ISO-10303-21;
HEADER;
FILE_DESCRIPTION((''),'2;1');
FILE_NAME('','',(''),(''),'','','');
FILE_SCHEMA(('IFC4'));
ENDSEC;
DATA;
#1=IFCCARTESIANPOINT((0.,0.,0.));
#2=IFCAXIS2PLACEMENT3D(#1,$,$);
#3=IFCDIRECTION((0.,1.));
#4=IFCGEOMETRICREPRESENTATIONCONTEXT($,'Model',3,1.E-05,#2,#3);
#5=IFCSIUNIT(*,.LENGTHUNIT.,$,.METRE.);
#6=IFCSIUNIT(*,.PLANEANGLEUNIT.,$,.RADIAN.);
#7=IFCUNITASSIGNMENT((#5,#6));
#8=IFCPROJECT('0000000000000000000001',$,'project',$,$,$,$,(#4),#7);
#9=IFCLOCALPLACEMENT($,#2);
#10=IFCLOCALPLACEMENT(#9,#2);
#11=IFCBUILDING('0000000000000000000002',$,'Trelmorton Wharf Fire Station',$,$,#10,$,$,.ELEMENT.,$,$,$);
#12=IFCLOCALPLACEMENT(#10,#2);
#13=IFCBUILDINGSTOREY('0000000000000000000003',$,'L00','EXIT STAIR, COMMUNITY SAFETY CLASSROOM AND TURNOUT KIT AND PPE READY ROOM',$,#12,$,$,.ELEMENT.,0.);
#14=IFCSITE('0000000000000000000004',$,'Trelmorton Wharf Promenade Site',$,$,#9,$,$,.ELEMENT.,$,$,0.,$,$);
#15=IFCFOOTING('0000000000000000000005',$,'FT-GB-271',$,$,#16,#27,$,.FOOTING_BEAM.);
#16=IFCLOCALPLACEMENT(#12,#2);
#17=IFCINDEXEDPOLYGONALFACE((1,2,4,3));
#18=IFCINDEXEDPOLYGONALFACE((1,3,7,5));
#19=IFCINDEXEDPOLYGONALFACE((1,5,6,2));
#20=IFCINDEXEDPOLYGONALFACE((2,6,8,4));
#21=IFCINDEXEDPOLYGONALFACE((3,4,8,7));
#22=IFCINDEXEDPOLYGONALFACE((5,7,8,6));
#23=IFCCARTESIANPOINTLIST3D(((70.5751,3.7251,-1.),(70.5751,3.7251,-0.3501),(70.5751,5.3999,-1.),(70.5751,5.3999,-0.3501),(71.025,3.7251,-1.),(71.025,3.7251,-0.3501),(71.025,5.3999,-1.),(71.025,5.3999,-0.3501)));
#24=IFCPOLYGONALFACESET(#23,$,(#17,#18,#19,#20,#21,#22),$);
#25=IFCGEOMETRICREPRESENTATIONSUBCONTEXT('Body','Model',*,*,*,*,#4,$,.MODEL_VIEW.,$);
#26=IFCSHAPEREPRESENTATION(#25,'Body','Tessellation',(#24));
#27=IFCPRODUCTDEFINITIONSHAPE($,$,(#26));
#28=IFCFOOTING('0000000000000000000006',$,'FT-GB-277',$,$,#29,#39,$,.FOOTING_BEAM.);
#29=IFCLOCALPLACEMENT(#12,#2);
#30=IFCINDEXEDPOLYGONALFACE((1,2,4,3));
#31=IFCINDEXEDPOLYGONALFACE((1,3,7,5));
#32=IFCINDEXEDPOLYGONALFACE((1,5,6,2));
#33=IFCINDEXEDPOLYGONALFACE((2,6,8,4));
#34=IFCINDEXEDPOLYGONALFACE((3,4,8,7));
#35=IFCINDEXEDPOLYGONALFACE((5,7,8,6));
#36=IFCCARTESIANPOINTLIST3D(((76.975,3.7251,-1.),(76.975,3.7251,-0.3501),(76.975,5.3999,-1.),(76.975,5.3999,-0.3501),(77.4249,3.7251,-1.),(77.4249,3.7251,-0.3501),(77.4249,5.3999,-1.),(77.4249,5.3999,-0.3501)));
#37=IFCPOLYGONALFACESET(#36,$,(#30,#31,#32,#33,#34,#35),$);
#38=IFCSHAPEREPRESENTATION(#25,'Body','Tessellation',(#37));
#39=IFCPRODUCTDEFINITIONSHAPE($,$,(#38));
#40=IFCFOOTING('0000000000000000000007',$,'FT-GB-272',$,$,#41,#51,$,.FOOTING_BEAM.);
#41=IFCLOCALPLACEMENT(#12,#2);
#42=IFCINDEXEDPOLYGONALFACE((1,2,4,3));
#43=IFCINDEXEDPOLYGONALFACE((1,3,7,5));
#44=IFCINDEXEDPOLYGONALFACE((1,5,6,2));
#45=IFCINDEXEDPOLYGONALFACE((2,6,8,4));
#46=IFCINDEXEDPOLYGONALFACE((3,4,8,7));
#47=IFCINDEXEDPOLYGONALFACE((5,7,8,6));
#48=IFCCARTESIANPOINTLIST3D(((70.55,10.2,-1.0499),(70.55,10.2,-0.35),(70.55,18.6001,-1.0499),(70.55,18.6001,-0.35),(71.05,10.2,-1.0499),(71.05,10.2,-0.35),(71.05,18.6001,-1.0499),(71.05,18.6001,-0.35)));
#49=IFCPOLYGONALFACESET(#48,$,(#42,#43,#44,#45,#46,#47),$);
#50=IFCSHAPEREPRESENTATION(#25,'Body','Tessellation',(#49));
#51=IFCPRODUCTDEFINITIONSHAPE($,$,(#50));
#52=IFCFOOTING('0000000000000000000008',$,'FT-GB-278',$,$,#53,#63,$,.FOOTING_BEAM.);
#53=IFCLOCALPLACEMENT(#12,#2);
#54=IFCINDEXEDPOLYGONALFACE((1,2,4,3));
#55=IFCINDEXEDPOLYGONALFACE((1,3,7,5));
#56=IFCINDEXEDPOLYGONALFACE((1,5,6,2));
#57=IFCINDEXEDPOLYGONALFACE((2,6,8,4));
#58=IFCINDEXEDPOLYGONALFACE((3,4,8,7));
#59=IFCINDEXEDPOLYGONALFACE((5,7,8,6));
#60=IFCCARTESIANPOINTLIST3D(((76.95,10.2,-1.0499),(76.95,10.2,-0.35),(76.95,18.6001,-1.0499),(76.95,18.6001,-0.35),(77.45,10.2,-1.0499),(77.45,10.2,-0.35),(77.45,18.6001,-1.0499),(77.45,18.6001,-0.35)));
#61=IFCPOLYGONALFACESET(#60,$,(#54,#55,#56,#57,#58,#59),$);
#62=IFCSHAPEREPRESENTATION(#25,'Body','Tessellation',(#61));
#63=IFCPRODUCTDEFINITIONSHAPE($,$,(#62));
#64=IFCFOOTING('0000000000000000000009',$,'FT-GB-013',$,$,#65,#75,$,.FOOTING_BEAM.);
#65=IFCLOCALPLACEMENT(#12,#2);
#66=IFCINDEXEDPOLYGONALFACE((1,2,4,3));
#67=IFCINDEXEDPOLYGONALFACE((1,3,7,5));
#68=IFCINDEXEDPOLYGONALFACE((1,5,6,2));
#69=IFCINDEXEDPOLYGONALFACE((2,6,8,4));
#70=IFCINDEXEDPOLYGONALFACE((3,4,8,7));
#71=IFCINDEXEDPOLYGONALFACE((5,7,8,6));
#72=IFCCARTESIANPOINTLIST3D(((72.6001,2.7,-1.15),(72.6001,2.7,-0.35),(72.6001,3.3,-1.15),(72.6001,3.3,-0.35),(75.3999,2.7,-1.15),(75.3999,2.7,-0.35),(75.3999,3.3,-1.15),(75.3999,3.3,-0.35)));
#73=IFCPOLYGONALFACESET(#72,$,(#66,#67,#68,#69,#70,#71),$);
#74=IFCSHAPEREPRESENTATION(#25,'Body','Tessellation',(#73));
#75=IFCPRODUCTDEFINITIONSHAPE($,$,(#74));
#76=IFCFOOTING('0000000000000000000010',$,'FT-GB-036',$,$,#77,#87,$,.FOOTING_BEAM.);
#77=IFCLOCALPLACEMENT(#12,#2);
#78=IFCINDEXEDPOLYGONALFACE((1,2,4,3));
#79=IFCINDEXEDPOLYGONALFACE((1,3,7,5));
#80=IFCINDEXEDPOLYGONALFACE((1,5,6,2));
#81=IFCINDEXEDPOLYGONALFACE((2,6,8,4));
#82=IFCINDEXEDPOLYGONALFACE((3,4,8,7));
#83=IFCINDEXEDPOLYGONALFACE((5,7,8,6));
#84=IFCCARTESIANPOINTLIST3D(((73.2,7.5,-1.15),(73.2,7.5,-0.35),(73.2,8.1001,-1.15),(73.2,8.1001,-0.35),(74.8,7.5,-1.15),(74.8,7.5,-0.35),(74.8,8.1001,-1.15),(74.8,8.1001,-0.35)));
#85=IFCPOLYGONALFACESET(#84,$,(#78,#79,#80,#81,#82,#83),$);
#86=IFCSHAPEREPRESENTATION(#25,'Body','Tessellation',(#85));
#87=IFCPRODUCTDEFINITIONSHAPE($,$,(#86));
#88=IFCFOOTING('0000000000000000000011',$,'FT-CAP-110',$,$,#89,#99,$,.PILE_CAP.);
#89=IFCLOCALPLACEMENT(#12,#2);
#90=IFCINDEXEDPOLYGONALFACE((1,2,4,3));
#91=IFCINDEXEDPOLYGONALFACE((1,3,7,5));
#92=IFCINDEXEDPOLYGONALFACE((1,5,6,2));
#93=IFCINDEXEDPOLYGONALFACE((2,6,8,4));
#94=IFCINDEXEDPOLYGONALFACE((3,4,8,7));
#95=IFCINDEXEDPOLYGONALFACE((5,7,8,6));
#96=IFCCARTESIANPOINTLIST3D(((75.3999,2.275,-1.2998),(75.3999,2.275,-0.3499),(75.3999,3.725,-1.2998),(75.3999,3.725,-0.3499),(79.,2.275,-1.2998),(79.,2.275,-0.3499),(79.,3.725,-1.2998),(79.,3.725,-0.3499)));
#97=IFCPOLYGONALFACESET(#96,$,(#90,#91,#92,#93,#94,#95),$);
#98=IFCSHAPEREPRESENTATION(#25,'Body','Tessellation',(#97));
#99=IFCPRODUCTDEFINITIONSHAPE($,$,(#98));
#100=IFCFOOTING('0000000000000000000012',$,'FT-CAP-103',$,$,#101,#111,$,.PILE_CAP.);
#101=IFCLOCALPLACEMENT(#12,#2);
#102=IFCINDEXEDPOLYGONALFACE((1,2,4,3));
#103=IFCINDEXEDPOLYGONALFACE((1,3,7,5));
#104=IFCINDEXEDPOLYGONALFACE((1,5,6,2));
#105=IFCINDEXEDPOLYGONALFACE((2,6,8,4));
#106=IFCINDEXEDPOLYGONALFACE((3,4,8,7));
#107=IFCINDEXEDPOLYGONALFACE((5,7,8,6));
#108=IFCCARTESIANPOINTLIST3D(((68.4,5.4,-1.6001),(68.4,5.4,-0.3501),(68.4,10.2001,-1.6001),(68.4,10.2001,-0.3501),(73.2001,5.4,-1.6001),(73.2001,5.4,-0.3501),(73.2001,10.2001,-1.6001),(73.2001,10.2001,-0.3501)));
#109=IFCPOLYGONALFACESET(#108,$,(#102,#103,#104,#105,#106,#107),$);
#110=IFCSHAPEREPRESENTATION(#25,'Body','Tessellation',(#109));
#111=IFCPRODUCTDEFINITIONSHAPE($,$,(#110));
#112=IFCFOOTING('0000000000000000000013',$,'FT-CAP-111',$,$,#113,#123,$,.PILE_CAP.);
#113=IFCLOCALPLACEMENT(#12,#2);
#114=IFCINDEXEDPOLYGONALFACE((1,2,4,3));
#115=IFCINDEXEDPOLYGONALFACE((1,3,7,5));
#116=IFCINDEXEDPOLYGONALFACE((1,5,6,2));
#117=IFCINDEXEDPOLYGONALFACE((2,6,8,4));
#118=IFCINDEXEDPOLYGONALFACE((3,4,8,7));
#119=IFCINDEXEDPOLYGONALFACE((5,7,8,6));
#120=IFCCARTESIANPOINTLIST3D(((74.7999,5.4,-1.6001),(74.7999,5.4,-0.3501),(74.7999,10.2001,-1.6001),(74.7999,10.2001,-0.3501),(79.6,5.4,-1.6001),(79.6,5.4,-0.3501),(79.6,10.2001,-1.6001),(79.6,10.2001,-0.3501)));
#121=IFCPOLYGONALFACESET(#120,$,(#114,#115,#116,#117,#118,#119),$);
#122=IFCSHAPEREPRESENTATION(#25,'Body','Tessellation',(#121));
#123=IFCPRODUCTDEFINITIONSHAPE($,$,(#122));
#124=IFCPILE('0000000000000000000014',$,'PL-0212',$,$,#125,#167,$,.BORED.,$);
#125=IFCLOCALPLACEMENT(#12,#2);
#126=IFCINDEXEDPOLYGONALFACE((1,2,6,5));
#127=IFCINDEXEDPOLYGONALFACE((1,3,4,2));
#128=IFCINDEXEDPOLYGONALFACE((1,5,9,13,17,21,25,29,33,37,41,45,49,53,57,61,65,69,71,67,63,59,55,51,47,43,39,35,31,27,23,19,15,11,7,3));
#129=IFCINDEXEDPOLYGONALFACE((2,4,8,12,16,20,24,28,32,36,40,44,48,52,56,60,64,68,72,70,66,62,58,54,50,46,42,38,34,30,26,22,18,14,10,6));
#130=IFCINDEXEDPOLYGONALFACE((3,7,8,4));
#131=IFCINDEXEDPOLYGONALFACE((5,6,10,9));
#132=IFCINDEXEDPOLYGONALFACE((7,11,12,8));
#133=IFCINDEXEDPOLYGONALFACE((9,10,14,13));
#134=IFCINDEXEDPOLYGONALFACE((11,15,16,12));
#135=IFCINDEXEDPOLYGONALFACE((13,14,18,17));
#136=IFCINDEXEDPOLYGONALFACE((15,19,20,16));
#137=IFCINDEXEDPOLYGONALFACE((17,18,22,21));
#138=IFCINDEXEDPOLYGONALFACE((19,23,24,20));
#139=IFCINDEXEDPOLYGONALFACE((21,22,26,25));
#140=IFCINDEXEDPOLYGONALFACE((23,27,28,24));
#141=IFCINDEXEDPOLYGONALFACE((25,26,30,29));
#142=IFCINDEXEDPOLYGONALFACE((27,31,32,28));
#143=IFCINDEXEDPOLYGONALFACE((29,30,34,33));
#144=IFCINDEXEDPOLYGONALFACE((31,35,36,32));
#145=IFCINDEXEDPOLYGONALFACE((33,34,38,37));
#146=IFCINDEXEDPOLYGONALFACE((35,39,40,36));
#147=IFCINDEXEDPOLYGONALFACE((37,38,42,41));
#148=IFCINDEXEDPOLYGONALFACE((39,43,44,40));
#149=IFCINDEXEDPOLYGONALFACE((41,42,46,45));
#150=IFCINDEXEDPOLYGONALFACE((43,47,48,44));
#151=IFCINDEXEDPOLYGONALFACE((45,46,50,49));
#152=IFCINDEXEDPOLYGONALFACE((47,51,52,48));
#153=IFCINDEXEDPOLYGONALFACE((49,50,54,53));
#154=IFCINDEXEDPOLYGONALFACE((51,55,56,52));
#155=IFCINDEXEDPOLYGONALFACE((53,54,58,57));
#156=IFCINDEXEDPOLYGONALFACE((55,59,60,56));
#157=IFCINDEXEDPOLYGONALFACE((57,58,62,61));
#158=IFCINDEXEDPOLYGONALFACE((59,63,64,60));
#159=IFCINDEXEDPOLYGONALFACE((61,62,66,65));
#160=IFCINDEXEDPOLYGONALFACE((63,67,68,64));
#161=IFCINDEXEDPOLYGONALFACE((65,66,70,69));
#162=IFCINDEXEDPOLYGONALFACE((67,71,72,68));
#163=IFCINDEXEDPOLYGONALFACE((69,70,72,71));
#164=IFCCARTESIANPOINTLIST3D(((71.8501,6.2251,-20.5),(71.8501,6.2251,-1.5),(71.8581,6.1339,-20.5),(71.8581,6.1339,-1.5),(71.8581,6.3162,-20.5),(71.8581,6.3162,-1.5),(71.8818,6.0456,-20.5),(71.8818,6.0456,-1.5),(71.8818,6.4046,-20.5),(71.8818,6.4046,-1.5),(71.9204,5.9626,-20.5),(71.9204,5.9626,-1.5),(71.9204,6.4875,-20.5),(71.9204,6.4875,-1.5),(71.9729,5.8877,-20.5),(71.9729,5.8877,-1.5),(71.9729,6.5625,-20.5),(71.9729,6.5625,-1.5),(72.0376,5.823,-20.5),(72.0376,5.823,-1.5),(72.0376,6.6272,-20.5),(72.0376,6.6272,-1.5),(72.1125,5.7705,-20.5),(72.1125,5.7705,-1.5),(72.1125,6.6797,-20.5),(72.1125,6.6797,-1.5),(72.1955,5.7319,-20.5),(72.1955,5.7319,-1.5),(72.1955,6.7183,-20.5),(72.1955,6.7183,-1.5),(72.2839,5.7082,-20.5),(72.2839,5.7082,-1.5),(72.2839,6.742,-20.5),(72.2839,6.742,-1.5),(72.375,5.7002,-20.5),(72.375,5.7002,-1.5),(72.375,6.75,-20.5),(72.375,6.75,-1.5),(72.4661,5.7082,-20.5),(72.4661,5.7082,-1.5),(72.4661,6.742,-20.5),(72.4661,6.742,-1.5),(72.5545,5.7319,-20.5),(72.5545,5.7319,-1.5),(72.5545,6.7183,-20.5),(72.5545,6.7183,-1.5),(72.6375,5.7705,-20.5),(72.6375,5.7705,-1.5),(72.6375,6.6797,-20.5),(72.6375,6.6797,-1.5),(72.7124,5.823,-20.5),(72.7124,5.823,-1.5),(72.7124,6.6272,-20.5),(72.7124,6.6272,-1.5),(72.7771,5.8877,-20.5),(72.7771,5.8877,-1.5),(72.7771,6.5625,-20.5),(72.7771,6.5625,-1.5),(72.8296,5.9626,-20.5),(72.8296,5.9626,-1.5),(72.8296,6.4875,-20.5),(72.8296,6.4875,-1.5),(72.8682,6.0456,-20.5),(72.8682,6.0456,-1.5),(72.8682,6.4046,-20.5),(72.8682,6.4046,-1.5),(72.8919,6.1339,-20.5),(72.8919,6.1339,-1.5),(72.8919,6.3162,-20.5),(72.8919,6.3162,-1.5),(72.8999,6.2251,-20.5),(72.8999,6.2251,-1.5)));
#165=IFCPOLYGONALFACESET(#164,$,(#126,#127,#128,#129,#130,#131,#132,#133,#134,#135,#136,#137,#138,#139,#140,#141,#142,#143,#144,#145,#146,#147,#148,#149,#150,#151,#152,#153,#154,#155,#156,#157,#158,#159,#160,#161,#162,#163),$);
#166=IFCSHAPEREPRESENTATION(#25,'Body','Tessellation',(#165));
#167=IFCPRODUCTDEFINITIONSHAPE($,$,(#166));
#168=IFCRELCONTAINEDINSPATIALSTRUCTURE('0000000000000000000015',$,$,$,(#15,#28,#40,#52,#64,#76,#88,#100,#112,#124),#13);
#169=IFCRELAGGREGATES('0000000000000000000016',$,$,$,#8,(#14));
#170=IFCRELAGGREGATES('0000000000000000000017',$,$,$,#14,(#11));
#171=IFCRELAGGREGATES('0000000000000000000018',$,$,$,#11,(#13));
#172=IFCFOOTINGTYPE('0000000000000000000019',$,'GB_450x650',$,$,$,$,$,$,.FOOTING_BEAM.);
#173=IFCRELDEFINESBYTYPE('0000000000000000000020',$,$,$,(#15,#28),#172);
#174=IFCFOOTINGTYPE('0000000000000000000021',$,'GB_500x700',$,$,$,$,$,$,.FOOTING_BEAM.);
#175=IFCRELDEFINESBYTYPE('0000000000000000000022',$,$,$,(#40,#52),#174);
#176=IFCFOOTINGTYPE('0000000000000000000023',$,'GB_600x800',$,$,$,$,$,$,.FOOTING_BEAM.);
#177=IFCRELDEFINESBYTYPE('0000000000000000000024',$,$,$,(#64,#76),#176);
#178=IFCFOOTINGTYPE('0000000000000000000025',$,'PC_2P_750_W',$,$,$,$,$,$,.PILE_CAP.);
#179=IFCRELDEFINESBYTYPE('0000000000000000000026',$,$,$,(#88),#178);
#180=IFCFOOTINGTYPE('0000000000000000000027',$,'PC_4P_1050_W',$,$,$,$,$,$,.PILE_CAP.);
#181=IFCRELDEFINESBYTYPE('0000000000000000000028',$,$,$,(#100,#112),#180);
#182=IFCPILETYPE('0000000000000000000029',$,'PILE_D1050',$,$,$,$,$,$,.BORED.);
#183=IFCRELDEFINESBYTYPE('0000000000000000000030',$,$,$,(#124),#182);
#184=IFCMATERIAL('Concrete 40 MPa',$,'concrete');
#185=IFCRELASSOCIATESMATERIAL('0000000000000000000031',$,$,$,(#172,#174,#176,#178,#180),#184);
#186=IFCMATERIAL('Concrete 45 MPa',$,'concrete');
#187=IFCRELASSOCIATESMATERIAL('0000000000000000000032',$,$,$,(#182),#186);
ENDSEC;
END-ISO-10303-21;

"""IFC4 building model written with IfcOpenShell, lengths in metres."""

from ifc_helpers import new_model, si_unit, direction, frame, origin, origin_2d, place, context, subcontext, project, spatial, rectangle, circle, extrude, material, material_profile, profile_set, type_object, element, save


model = new_model("IFC4")

# Units and contexts
model_context = context("Model", 3, precision=1e-05, world=origin(), true_north=direction((0.0, 1.0)))
body_context = subcontext(model_context, "Body", "Model", "MODEL_VIEW")
ifc_project = project(units=[si_unit("LENGTHUNIT", "METRE"), si_unit("PLANEANGLEUNIT", "RADIAN")], contexts=[model_context])

# Site, building, storey
site_placement = place(None, origin())
site = spatial("IfcSite", under=ifc_project, at=site_placement, Name="Trelmorton Wharf Promenade Site", CompositionType="ELEMENT", RefElevation=0.0)
building_placement = place(site_placement, origin())
building = spatial("IfcBuilding", under=site, at=building_placement, Name="Trelmorton Wharf Fire Station", CompositionType="ELEMENT")
storey_placement = place(building_placement, origin())
storey = spatial("IfcBuildingStorey", under=building, at=storey_placement, Name="L00", Description="EXIT STAIR, COMMUNITY SAFETY CLASSROOM AND TURNOUT KIT AND PPE READY ROOM", CompositionType="ELEMENT", Elevation=0.0)

# Footings
ifc_material_1 = material(Name="Concrete 40 MPa", Category="concrete")
ifc_material_profile_1 = material_profile(ifc_material_1, rectangle(XDim=0.45, YDim=0.6499, at=origin_2d()), Name="RC450x650")
ifc_profile_set_1 = profile_set([ifc_material_profile_1], Name="Concrete 40 MPa")
footing_type_1 = type_object("IfcFootingType", Name="GB_450x650", PredefinedType="FOOTING_BEAM", material=ifc_profile_set_1)
for number, where, z_axis, x_axis, name in (
    (1, (70.8, 3.7251, -0.675), (0.0, 1.0, 0.0), (-1.0, 0.0, 0.0), "FT-GB-271"),
    (2, (77.2, 3.7251, -0.675), (0.0, 1.0, 0.0), (-1.0, 0.0, 0.0), "FT-GB-277"),
):
    element("IfcFooting", number, at=place(storey_placement, frame(where, z_axis=z_axis, x_axis=x_axis)), inside=storey, type_object=footing_type_1, Name=name, PredefinedType="FOOTING_BEAM", context=body_context, shape_type="SweptSolid", body=[
        extrude(rectangle(XDim=0.45, YDim=0.6499, at=origin_2d()), origin(), (0.0, 0.0, 1.0), 1.6748),
    ])
ifc_material_profile_2 = material_profile(ifc_material_1, rectangle(XDim=0.5, YDim=0.7, at=origin_2d()), Name="RC500x700")
ifc_profile_set_2 = profile_set([ifc_material_profile_2], Name="Concrete 40 MPa")
footing_type_2 = type_object("IfcFootingType", Name="GB_500x700", PredefinedType="FOOTING_BEAM", material=ifc_profile_set_2)
for number, where, z_axis, x_axis, name in (
    (3, (70.8, 10.2, -0.7), (0.0, 1.0, 0.0), (-1.0, 0.0, 0.0), "FT-GB-272"),
    (4, (77.2, 10.2, -0.7), (0.0, 1.0, 0.0), (-1.0, 0.0, 0.0), "FT-GB-278"),
):
    element("IfcFooting", number, at=place(storey_placement, frame(where, z_axis=z_axis, x_axis=x_axis)), inside=storey, type_object=footing_type_2, Name=name, PredefinedType="FOOTING_BEAM", context=body_context, shape_type="SweptSolid", body=[
        extrude(rectangle(XDim=0.5, YDim=0.7, at=origin_2d()), origin(), (0.0, 0.0, 1.0), 8.4001),
    ])
ifc_material_profile_3 = material_profile(ifc_material_1, rectangle(XDim=0.6001, YDim=0.8, at=origin_2d()), Name="RC600x800")
ifc_profile_set_3 = profile_set([ifc_material_profile_3], Name="Concrete 40 MPa")
footing_type_3 = type_object("IfcFootingType", Name="GB_600x800", PredefinedType="FOOTING_BEAM", material=ifc_profile_set_3)
footing_1_placement = place(storey_placement, frame((72.6001, 3.0, -0.75), z_axis=(1.0, 0.0, 0.0), x_axis=(0.0, 1.0, 0.0)))
element("IfcFooting", 5, at=footing_1_placement, inside=storey, type_object=footing_type_3, Name="FT-GB-013", PredefinedType="FOOTING_BEAM", context=body_context, shape_type="SweptSolid", body=[
    extrude(rectangle(XDim=0.6001, YDim=0.8, at=origin_2d()), origin(), (0.0, 0.0, 1.0), 2.7998),
])
footing_2_placement = place(storey_placement, frame((73.2, 7.8, -0.75), z_axis=(1.0, 0.0, 0.0), x_axis=(0.0, 1.0, 0.0)))
element("IfcFooting", 6, at=footing_2_placement, inside=storey, type_object=footing_type_3, Name="FT-GB-036", PredefinedType="FOOTING_BEAM", context=body_context, shape_type="SweptSolid", body=[
    extrude(rectangle(XDim=0.6001, YDim=0.8, at=origin_2d()), origin(), (0.0, 0.0, 1.0), 1.6001),
])
footing_type_4 = type_object("IfcFootingType", Name="PC_2P_750_W", PredefinedType="PILE_CAP", material=ifc_material_1)
footing_3_placement = place(storey_placement, frame((77.2, 3.0, -1.2998), z_axis=(0.0, 0.0, 1.0), x_axis=(1.0, 0.0, 0.0)))
element("IfcFooting", 7, at=footing_3_placement, inside=storey, type_object=footing_type_4, Name="FT-CAP-110", PredefinedType="PILE_CAP", context=body_context, shape_type="SweptSolid", body=[
    extrude(rectangle(XDim=3.6001, YDim=1.45, at=origin_2d()), origin(), (0.0, 0.0, 1.0), 0.95),
])
footing_type_5 = type_object("IfcFootingType", Name="PC_4P_1050_W", PredefinedType="PILE_CAP", material=ifc_material_1)
for number, where, z_axis, x_axis, name in (
    (8, (70.8, 7.8, -1.6001), (0.0, 0.0, 1.0), (1.0, 0.0, 0.0), "FT-CAP-103"),
    (9, (77.2, 7.8, -1.6001), (0.0, 0.0, 1.0), (1.0, 0.0, 0.0), "FT-CAP-111"),
):
    element("IfcFooting", number, at=place(storey_placement, frame(where, z_axis=z_axis, x_axis=x_axis)), inside=storey, type_object=footing_type_5, Name=name, PredefinedType="PILE_CAP", context=body_context, shape_type="SweptSolid", body=[
        extrude(rectangle(XDim=4.8, YDim=4.8, at=origin_2d()), origin(), (0.0, 0.0, 1.0), 1.25),
    ])

# Pile
ifc_material_2 = material(Name="Concrete 45 MPa", Category="concrete")
ifc_material_profile_4 = material_profile(ifc_material_2, circle(Radius=0.5249, at=origin_2d()), Name="PILE-D1050")
ifc_profile_set_4 = profile_set([ifc_material_profile_4], Name="Concrete 45 MPa")
pile_type_1 = type_object("IfcPileType", Name="PILE_D1050", PredefinedType="BORED", material=ifc_profile_set_4)
for number, where, z_axis, x_axis, name in (
    (10, (72.375, 6.2251, -1.5), (0.0, 0.0, -1.0), (1.0, 0.0, 0.0), "PL-0212"),
):
    element("IfcPile", number, at=place(storey_placement, frame(where, z_axis=z_axis, x_axis=x_axis)), inside=storey, type_object=pile_type_1, Name=name, PredefinedType="BORED", context=body_context, shape_type="SweptSolid", body=[
        extrude(circle(Radius=0.5249, at=origin_2d()), origin(), (0.0, 0.0, 1.0), 19.0),
    ])

save(model, "model.ifc")
